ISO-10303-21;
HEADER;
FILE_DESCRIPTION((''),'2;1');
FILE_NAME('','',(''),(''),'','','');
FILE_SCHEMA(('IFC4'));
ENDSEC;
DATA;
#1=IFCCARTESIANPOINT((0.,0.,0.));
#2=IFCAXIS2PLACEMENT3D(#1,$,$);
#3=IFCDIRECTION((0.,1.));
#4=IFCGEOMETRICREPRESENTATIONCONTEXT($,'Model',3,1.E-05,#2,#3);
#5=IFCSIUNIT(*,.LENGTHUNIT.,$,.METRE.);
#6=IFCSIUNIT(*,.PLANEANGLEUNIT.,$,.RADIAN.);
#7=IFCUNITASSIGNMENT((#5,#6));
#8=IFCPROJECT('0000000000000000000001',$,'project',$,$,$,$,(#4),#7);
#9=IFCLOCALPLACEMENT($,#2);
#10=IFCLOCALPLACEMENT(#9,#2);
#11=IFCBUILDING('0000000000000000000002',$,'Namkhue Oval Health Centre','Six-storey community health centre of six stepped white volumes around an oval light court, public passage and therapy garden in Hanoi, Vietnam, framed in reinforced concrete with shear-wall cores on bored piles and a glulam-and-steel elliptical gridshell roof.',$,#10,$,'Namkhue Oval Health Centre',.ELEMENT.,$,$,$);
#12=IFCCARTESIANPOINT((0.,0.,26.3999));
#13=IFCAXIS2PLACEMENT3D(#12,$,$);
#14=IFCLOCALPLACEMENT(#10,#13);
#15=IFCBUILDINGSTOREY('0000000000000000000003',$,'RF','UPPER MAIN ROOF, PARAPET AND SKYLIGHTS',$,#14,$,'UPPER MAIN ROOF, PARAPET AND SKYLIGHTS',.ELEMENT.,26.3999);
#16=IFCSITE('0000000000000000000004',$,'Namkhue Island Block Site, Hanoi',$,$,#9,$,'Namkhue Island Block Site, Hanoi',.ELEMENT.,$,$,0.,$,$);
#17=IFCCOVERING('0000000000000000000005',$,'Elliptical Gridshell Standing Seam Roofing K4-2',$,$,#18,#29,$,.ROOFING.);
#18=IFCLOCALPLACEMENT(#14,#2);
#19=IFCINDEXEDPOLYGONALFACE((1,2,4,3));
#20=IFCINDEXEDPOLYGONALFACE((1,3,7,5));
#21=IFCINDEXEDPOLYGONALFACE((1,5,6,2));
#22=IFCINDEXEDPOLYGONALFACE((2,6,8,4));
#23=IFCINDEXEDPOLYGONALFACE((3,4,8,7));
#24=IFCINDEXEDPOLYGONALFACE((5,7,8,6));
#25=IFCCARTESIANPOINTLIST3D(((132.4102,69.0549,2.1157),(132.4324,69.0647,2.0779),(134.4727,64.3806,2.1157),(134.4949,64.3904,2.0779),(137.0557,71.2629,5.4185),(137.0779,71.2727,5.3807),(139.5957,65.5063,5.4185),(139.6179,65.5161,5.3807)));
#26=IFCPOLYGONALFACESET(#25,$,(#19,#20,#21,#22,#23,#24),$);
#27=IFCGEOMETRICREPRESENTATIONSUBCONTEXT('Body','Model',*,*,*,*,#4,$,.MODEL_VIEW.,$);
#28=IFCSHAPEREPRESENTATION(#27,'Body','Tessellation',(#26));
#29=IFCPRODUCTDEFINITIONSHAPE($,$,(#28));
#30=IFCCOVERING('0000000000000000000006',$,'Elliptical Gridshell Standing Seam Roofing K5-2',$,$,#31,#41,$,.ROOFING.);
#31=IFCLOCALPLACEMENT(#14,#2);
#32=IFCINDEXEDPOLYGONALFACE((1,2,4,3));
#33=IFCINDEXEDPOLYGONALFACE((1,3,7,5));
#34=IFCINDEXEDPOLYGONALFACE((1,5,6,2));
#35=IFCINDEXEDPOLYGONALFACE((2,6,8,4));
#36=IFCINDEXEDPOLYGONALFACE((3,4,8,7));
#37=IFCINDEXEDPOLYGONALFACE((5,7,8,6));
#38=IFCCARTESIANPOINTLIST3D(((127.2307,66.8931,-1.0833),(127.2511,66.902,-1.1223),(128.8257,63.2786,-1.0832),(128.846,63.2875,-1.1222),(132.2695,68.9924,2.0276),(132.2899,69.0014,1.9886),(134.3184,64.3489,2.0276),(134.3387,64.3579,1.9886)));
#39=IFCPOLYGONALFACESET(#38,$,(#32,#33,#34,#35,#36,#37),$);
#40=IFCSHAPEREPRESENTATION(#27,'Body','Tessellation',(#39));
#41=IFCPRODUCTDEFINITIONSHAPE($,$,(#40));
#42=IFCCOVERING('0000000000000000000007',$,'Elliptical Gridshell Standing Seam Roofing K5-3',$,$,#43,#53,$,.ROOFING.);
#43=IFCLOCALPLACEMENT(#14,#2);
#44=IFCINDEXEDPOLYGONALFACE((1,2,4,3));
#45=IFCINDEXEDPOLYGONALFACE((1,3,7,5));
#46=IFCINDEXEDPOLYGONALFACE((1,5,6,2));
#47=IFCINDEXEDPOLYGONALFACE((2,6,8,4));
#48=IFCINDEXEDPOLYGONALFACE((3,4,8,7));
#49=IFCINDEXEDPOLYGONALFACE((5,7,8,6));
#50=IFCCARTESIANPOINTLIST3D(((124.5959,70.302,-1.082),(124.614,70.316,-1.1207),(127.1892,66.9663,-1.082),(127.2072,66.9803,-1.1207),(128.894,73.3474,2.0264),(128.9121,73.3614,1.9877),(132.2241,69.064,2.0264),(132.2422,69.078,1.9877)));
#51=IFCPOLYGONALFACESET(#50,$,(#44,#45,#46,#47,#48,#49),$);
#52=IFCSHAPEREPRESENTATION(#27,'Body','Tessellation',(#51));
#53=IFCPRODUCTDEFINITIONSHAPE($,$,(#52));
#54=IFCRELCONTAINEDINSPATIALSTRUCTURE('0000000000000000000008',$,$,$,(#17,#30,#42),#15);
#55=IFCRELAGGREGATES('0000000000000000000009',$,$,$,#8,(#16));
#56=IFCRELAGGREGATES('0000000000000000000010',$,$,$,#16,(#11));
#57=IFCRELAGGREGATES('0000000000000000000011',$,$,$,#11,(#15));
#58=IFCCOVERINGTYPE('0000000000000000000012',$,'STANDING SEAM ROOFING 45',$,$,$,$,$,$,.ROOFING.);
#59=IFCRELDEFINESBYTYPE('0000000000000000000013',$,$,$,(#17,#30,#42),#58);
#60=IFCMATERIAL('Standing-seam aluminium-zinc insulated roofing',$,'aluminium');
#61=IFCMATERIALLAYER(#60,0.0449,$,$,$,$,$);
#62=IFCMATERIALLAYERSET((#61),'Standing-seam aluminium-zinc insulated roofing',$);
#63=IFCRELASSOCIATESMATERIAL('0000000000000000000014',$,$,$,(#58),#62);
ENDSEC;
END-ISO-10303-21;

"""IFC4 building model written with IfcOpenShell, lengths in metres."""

from ifc_helpers import new_model, si_unit, direction, frame, origin, place, context, subcontext, project, spatial, polyline, outline, extrude, material, layer, layer_set, type_object, element, save


model = new_model("IFC4")

# Units and contexts
model_context = context("Model", 3, precision=1e-05, world=origin(), true_north=direction((0.0, 1.0)))
body_context = subcontext(model_context, "Body", "Model", "MODEL_VIEW")
ifc_project = project(units=[si_unit("LENGTHUNIT", "METRE"), si_unit("PLANEANGLEUNIT", "RADIAN")], contexts=[model_context])

# Site, building, storey
site_placement = place(None, origin())
site = spatial("IfcSite", under=ifc_project, at=site_placement, Name="Namkhue Island Block Site, Hanoi", LongName="Namkhue Island Block Site, Hanoi", CompositionType="ELEMENT", RefElevation=0.0)
building_placement = place(site_placement, origin())
building = spatial("IfcBuilding", under=site, at=building_placement, Name="Namkhue Oval Health Centre", Description="Six-storey community health centre of six stepped white volumes around an oval light court, public passage and therapy garden in Hanoi, Vietnam, framed in reinforced concrete with shear-wall cores on bored piles and a glulam-and-steel elliptical gridshell roof.", LongName="Namkhue Oval Health Centre", CompositionType="ELEMENT")
storey_placement = place(building_placement, frame((0.0, 0.0, 26.3999)))
storey = spatial("IfcBuildingStorey", under=building, at=storey_placement, Name="RF", Description="UPPER MAIN ROOF, PARAPET AND SKYLIGHTS", LongName="UPPER MAIN ROOF, PARAPET AND SKYLIGHTS", CompositionType="ELEMENT", Elevation=26.3999)

# Coverings
ifc_material_1 = material(Name="Standing-seam aluminium-zinc insulated roofing", Category="aluminium")
ifc_layer_1 = layer(ifc_material_1, 0.0449)
ifc_layer_set_1 = layer_set([ifc_layer_1], Name="Standing-seam aluminium-zinc insulated roofing")
covering_type_1 = type_object("IfcCoveringType", Name="STANDING SEAM ROOFING 45", PredefinedType="ROOFING", material=ifc_layer_set_1)
covering_1_placement = place(storey_placement, frame((139.5957, 65.5063, 5.4185), z_axis=(-0.49447, -0.21818, 0.841366), x_axis=(-0.403689, 0.914896, 0.0)))
element("IfcCovering", 1, at=covering_1_placement, inside=storey, type_object=covering_type_1, Name="Elliptical Gridshell Standing Seam Roofing K4-2", PredefinedType="ROOFING", context=body_context, shape_type="SweptSolid", body=[
    extrude(outline(polyline([(0.0, 0.0), (6.2921, 0.0), (6.1473, 6.1109), (1.0382, 6.1109), (0.0, 0.0)])), origin(), (0.0, 0.0, -1.0), 0.0449),
])
covering_2_placement = place(storey_placement, frame((134.3184, 64.3489, 2.0276), z_axis=(-0.453073, -0.199915, 0.868769), x_axis=(-0.403677, 0.914901, 0.000008)))
element("IfcCovering", 2, at=covering_2_placement, inside=storey, type_object=covering_type_1, Name="Elliptical Gridshell Standing Seam Roofing K5-2", PredefinedType="ROOFING", context=body_context, shape_type="SweptSolid", body=[
    extrude(outline(polyline([(0.0, 0.0), (5.0755, 0.0), (5.1888, 6.2818), (1.238, 6.2817), (0.0, 0.0)])), origin(), (0.0, 0.0, -1.0), 0.0449),
])
covering_3_placement = place(storey_placement, frame((132.2241, 69.064, 2.0264), z_axis=(-0.401516, -0.31215, 0.861015), x_axis=(-0.613769, 0.789486, 0.0)))
element("IfcCovering", 3, at=covering_3_placement, inside=storey, type_object=covering_type_1, Name="Elliptical Gridshell Standing Seam Roofing K5-3", PredefinedType="ROOFING", context=body_context, shape_type="SweptSolid", body=[
    extrude(outline(polyline([(0.0, 0.0), (5.4256, 0.0), (5.6594, 6.1119), (1.4342, 6.1119), (0.0, 0.0)])), origin(), (0.0, 0.0, -1.0), 0.0449),
])

save(model, "model.ifc")
